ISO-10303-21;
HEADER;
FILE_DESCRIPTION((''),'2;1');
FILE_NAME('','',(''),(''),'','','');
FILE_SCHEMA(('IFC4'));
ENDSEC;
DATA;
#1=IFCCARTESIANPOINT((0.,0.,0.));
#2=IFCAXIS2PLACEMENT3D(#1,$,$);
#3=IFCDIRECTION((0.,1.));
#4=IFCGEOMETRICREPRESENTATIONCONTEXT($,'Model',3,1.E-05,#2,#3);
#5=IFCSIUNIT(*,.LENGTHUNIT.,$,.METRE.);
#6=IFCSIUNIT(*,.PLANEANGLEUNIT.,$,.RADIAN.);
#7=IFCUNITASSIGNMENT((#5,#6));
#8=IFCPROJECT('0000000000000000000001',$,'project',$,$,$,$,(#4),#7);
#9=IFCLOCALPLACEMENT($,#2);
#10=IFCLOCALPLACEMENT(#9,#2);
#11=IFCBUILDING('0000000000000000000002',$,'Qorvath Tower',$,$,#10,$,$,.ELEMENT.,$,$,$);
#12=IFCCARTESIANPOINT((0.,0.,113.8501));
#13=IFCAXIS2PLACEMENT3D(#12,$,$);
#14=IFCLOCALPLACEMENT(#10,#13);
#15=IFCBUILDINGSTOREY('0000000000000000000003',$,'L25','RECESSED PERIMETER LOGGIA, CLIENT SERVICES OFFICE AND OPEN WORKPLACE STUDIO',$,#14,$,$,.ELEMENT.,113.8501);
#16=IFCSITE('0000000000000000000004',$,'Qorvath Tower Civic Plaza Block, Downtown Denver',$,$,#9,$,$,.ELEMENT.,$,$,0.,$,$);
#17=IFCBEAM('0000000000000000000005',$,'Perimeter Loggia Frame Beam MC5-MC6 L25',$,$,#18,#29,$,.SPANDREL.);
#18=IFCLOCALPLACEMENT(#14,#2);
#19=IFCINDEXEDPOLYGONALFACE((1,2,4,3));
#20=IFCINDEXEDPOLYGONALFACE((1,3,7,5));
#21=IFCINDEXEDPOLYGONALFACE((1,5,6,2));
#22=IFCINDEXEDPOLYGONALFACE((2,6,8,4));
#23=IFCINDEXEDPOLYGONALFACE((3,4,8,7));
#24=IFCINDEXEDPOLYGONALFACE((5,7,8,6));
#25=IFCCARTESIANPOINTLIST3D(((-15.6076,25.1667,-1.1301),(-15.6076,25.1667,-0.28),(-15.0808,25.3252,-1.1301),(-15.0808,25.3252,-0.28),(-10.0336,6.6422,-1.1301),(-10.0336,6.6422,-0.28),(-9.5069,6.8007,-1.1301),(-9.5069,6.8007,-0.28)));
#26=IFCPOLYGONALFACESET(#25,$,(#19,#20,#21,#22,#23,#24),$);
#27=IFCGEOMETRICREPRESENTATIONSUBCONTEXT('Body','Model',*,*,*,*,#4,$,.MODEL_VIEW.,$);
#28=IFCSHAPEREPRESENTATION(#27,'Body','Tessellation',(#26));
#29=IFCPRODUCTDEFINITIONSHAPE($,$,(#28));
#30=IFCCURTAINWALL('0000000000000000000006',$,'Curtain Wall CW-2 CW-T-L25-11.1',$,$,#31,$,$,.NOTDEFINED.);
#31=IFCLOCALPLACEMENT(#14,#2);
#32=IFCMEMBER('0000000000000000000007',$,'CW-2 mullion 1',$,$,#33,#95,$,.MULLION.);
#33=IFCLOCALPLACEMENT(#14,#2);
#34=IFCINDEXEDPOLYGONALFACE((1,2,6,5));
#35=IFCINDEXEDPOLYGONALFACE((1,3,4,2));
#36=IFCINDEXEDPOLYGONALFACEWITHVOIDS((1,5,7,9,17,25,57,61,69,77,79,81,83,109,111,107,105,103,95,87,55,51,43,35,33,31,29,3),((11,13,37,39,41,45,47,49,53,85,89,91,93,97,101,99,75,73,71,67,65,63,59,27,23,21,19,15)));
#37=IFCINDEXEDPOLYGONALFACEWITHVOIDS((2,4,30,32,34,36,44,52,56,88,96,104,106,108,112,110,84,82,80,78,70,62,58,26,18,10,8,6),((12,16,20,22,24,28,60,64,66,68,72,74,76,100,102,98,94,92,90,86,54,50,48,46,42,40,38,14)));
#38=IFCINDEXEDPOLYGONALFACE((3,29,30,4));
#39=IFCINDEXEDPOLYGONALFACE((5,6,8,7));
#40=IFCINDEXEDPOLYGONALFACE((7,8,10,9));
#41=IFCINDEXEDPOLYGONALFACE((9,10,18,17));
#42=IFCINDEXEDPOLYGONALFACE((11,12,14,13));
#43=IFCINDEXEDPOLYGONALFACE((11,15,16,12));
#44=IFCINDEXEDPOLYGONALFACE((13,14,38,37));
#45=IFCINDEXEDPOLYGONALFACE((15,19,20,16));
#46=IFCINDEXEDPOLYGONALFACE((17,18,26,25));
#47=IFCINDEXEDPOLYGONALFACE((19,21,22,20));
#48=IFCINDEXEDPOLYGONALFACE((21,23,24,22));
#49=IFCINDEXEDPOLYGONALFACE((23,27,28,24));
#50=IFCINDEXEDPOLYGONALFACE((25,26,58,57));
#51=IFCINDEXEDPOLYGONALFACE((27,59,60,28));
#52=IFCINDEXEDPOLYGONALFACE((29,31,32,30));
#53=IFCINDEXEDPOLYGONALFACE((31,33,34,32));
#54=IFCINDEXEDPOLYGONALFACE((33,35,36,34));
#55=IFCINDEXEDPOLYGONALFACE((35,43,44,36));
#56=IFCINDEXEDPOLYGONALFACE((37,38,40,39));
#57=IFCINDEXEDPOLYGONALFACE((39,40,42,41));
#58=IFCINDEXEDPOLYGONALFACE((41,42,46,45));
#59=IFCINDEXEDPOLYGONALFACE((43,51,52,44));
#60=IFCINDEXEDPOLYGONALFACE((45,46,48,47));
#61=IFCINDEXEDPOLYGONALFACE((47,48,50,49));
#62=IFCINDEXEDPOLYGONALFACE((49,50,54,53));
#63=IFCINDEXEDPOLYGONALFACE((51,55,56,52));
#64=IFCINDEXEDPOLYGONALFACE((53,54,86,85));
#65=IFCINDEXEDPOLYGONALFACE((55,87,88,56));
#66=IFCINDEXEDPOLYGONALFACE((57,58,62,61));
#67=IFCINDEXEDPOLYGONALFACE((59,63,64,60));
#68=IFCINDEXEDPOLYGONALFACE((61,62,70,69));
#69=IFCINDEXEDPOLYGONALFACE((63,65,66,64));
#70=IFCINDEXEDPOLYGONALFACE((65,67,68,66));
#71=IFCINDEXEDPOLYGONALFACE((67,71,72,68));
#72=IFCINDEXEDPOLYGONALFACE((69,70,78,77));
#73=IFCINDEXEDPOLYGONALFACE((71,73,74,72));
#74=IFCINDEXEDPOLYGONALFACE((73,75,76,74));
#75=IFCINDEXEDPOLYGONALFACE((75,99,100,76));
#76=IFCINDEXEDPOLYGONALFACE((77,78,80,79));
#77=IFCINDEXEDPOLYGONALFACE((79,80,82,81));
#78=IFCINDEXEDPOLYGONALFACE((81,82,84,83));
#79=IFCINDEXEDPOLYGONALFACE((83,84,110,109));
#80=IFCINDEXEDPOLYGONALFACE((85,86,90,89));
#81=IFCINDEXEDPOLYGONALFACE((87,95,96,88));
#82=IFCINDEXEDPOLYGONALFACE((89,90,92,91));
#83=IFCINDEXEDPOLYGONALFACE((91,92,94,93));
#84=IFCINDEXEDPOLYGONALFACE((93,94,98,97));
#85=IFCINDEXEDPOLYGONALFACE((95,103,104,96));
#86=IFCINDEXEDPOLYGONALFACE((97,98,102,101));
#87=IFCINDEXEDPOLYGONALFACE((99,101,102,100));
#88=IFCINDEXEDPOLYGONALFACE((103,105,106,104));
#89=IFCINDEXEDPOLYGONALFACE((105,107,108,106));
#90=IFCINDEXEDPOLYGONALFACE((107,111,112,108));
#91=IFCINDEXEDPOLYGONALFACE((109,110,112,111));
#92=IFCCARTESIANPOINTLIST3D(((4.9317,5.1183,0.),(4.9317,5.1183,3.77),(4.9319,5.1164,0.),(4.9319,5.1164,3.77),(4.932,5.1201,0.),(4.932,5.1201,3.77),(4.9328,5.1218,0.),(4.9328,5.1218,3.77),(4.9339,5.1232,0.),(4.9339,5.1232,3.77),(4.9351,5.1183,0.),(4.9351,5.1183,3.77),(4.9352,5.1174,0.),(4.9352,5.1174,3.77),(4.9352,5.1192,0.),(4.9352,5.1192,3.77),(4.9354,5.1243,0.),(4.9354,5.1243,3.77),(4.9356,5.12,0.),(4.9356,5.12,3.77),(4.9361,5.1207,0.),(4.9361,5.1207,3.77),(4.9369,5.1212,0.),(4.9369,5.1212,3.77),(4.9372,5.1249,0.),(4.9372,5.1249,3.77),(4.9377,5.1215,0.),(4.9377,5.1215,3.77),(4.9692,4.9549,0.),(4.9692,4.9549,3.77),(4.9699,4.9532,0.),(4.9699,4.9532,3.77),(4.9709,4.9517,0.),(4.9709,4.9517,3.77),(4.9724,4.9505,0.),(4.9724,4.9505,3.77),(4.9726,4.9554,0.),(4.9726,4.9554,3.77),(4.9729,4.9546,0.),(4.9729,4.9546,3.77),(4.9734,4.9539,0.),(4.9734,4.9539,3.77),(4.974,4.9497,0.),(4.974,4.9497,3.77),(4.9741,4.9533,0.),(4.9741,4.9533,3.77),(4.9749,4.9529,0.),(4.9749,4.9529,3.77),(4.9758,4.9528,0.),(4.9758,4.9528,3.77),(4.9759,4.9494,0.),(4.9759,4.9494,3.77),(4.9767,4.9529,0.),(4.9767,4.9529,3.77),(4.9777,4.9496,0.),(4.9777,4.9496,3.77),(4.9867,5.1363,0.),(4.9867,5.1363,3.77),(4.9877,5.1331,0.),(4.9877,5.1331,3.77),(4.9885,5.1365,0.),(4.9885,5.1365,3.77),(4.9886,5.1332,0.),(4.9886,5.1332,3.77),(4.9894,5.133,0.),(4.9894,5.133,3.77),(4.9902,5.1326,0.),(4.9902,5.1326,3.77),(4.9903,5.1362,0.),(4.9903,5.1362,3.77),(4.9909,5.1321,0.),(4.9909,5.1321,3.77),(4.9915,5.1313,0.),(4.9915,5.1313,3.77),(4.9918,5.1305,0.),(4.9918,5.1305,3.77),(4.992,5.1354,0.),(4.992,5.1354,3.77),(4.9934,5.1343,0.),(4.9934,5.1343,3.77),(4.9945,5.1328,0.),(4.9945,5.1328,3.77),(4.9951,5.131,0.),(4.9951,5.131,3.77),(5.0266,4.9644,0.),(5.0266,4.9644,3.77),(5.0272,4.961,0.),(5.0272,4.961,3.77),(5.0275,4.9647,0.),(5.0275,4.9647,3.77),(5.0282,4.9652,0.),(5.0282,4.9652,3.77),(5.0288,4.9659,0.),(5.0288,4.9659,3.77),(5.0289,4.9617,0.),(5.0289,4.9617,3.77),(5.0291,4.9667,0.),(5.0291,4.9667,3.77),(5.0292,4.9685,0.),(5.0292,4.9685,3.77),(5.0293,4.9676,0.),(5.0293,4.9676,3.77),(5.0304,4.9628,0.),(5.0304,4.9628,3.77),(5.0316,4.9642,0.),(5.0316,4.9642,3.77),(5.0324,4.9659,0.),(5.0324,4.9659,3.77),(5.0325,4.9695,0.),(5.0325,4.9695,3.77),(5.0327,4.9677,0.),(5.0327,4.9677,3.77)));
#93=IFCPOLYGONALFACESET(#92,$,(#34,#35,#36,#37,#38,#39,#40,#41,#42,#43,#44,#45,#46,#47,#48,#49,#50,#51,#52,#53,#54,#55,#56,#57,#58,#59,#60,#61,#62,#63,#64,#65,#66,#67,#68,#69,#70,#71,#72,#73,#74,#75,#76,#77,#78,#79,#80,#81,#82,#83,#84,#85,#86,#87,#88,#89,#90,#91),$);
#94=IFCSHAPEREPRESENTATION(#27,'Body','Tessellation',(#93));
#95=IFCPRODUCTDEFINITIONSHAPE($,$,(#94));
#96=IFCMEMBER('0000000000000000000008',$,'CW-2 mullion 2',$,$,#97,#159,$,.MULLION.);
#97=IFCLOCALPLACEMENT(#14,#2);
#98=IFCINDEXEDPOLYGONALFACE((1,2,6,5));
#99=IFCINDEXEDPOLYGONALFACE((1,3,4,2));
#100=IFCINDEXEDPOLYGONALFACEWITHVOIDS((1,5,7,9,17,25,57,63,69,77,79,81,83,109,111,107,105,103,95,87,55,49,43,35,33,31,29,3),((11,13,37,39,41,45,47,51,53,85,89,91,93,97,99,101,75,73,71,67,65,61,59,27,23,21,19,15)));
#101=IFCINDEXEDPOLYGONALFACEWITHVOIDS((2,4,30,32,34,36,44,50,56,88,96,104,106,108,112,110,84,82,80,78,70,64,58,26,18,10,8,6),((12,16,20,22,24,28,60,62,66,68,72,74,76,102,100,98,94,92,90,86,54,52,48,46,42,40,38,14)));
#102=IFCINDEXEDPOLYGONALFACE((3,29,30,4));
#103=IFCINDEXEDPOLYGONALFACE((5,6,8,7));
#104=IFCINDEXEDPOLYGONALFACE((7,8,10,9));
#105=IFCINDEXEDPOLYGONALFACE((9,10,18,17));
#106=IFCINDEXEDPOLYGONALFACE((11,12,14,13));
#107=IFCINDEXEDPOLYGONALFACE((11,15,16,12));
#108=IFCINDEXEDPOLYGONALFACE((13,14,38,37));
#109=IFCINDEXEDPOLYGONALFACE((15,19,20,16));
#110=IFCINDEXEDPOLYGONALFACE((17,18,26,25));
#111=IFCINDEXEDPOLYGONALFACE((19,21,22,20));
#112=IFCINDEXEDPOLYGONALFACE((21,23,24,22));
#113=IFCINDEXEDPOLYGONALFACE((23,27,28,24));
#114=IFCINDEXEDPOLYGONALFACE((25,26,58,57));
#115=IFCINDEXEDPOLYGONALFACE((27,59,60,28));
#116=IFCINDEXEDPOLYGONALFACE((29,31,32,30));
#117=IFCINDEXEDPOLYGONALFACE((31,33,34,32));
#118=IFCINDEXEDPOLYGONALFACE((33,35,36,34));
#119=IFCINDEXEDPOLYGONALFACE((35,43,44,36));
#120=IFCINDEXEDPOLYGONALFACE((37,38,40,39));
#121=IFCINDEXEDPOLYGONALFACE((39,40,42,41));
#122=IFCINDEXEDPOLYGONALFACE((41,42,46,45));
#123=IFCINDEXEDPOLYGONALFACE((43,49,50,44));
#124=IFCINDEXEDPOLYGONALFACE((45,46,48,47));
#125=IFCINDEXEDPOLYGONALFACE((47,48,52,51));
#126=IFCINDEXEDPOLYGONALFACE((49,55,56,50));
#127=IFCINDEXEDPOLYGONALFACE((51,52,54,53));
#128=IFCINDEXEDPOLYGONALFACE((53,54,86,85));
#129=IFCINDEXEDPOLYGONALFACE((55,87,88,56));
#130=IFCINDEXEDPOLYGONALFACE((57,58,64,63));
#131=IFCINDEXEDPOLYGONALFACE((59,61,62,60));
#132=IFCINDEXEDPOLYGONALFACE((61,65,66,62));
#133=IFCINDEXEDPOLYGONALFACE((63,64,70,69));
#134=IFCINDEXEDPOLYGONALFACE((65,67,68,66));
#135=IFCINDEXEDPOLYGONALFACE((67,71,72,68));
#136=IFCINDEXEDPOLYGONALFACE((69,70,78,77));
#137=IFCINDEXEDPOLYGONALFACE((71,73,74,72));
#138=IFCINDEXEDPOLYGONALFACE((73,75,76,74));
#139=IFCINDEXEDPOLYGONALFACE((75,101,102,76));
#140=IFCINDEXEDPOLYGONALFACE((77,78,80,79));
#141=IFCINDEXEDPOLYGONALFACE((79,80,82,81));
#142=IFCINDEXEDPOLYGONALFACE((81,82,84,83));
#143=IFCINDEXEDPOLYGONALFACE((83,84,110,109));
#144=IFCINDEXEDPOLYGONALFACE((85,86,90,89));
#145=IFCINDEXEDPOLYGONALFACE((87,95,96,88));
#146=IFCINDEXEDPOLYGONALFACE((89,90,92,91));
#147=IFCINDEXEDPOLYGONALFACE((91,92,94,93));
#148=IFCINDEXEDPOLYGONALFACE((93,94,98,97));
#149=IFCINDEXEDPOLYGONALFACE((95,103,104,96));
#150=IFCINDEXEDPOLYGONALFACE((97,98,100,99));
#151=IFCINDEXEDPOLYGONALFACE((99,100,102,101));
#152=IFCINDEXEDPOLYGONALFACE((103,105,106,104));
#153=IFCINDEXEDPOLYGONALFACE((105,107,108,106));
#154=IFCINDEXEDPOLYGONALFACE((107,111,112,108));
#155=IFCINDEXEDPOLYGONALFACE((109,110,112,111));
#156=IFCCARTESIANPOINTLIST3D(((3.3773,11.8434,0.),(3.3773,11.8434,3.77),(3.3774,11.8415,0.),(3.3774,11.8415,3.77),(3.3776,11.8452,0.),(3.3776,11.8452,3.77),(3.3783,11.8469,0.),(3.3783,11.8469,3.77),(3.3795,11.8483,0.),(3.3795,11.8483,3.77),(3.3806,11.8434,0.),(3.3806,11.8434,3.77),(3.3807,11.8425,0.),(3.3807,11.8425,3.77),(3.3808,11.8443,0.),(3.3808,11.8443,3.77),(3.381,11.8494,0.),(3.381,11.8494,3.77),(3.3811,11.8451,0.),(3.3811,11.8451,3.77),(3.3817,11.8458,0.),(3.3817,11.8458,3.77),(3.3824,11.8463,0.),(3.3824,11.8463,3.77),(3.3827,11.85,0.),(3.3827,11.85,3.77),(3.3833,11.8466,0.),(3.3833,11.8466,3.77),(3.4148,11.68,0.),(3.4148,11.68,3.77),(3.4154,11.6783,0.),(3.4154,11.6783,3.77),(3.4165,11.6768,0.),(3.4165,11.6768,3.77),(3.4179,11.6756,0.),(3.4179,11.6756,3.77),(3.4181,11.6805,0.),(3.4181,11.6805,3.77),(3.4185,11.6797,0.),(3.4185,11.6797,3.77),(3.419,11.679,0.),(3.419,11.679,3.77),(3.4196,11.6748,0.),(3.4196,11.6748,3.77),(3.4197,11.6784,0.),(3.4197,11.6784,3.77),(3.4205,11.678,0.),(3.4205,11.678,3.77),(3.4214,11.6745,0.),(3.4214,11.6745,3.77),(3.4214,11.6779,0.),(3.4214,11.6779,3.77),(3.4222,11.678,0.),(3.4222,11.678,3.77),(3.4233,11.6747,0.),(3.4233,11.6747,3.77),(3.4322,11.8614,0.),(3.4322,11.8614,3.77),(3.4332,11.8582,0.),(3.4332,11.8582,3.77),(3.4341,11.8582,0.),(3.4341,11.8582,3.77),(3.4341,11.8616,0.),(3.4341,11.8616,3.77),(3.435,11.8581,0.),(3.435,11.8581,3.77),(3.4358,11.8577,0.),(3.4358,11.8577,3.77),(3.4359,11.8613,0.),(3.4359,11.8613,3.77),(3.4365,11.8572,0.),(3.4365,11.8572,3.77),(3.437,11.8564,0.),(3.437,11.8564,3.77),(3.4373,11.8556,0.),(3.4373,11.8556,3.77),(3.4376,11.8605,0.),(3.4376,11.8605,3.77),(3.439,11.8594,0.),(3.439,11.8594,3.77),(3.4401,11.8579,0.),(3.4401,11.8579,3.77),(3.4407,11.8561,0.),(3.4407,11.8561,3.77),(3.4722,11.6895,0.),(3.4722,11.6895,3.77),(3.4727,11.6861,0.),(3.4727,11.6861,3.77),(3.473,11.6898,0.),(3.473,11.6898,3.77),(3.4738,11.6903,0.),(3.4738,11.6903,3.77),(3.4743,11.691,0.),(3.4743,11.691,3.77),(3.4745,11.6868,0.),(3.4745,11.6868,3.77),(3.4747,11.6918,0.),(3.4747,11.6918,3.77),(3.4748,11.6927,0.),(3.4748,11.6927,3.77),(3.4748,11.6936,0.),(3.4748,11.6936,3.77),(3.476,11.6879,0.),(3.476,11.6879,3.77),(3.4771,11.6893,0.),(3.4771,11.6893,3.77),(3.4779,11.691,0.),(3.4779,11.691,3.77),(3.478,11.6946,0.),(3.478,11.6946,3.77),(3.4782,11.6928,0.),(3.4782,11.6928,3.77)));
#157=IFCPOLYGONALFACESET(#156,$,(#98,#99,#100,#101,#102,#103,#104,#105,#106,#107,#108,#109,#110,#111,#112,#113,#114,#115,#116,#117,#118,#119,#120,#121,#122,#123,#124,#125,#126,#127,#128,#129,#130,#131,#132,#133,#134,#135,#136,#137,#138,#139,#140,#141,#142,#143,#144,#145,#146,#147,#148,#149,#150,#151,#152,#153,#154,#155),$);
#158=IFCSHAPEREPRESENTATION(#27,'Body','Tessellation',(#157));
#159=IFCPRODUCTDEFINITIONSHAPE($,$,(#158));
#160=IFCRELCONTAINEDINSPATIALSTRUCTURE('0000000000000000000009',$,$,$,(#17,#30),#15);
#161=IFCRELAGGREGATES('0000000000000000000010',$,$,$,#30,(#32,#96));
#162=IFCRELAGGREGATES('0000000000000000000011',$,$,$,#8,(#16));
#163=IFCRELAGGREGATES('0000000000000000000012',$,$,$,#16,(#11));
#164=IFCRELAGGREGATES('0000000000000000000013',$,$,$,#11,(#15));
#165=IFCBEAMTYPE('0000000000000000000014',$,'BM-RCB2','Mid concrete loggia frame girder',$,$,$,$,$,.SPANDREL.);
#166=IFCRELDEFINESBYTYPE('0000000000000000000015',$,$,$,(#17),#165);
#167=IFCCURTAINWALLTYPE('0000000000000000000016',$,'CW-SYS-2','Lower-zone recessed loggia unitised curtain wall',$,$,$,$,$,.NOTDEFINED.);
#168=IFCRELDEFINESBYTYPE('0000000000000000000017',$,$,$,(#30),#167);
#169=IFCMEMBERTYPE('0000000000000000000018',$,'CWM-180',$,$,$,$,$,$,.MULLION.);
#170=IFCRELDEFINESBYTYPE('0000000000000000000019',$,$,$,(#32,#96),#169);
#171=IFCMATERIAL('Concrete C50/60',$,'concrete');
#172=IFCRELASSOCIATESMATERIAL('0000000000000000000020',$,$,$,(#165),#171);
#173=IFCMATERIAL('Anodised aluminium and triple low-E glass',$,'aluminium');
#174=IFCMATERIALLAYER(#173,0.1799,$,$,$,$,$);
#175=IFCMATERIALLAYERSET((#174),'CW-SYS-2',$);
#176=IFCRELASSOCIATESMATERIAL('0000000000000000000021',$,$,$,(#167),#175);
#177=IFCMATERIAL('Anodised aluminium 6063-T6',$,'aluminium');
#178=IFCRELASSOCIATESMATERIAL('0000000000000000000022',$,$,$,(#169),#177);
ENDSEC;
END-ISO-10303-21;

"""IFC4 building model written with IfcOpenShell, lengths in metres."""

from ifc_helpers import new_model, si_unit, direction, frame, origin, origin_2d, place, context, subcontext, project, spatial, rectangle, hollow_rectangle, extrude, material, layer, layer_set, material_profile, profile_set, type_object, element, aggregate, save


model = new_model("IFC4")

# Units and contexts
model_context = context("Model", 3, precision=1e-05, world=origin(), true_north=direction((0.0, 1.0)))
body_context = subcontext(model_context, "Body", "Model", "MODEL_VIEW")
ifc_project = project(units=[si_unit("LENGTHUNIT", "METRE"), si_unit("PLANEANGLEUNIT", "RADIAN")], contexts=[model_context])

# Site, building, storey
site_placement = place(None, origin())
site = spatial("IfcSite", under=ifc_project, at=site_placement, Name="Qorvath Tower Civic Plaza Block, Downtown Denver", CompositionType="ELEMENT", RefElevation=0.0)
building_placement = place(site_placement, origin())
building = spatial("IfcBuilding", under=site, at=building_placement, Name="Qorvath Tower", CompositionType="ELEMENT")
storey_placement = place(building_placement, frame((0.0, 0.0, 113.8501)))
storey = spatial("IfcBuildingStorey", under=building, at=storey_placement, Name="L25", Description="RECESSED PERIMETER LOGGIA, CLIENT SERVICES OFFICE AND OPEN WORKPLACE STUDIO", CompositionType="ELEMENT", Elevation=113.8501)

# Beam
ifc_material_1 = material(Name="Concrete C50/60", Category="concrete")
ifc_material_profile_1 = material_profile(ifc_material_1, rectangle(XDim=0.55, YDim=0.8501, at=origin_2d()), Name="RCB 850x550")
ifc_profile_set_1 = profile_set([ifc_material_profile_1], Name="Concrete C50/60")
beam_type_1 = type_object("IfcBeamType", Name="BM-RCB2", Description="Mid concrete loggia frame girder", PredefinedType="SPANDREL", material=ifc_profile_set_1)
beam_1_placement = place(storey_placement, frame((-9.7703, 6.7214, -0.7051), z_axis=(-0.288134, 0.95759, 0.0), x_axis=(-0.95759, -0.288134, 0.0)))
element("IfcBeam", 1, at=beam_1_placement, inside=storey, type_object=beam_type_1, Name="Perimeter Loggia Frame Beam MC5-MC6 L25", PredefinedType="SPANDREL", context=body_context, shape_type="SweptSolid", body=[
    extrude(rectangle(XDim=0.55, YDim=0.8501, at=origin_2d()), origin(), (0.0, 0.0, 1.0), 19.345),
])

# Curtain wall, members
ifc_material_2 = material(Name="Anodised aluminium and triple low-E glass", Category="aluminium")
ifc_layer_1 = layer(ifc_material_2, 0.1799)
ifc_layer_set_1 = layer_set([ifc_layer_1], Name="CW-SYS-2")
curtain_wall_type = type_object("IfcCurtainWallType", Name="CW-SYS-2", Description="Lower-zone recessed loggia unitised curtain wall", PredefinedType="NOTDEFINED", material=ifc_layer_set_1)
curtain_wall_1_placement = place(storey_placement, origin())
curtain_wall_1 = element("IfcCurtainWall", 2, at=curtain_wall_1_placement, inside=storey, type_object=curtain_wall_type, Name="Curtain Wall CW-2 CW-T-L25-11.1", PredefinedType="NOTDEFINED")
ifc_material_3 = material(Name="Anodised aluminium 6063-T6", Category="aluminium")
ifc_material_profile_2 = material_profile(ifc_material_3, hollow_rectangle(XDim=0.0649, YDim=0.1799, WallThickness=0.0034, InnerFilletRadius=0.0034, OuterFilletRadius=0.0071, at=origin_2d()), Name="CWM 180x65")
ifc_profile_set_2 = profile_set([ifc_material_profile_2], Name="Anodised aluminium 6063-T6")
member_type_1 = type_object("IfcMemberType", Name="CWM-180", PredefinedType="MULLION", material=ifc_profile_set_2)
member_1_placement = place(storey_placement, frame((4.9822, 5.043, 0.0), z_axis=(0.0, 0.0, 1.0), x_axis=(-0.974313, -0.2252, 0.0)))
member_1 = element("IfcMember", 3, at=member_1_placement, type_object=member_type_1, Name="CW-2 mullion 1", PredefinedType="MULLION", context=body_context, shape_type="SweptSolid", body=[
    extrude(hollow_rectangle(XDim=0.0649, YDim=0.1799, WallThickness=0.0034, InnerFilletRadius=0.0034, OuterFilletRadius=0.0071, at=origin_2d()), origin(), (0.0, 0.0, 1.0), 3.77),
])
member_2_placement = place(storey_placement, frame((3.4277, 11.7681, 0.0), z_axis=(0.0, 0.0, 1.0), x_axis=(-0.974313, -0.2252, 0.0)))
member_2 = element("IfcMember", 4, at=member_2_placement, type_object=member_type_1, Name="CW-2 mullion 2", PredefinedType="MULLION", context=body_context, shape_type="SweptSolid", body=[
    extrude(hollow_rectangle(XDim=0.0649, YDim=0.1799, WallThickness=0.0034, InnerFilletRadius=0.0034, OuterFilletRadius=0.0071, at=origin_2d()), origin(), (0.0, 0.0, 1.0), 3.77),
])

aggregate(curtain_wall_1, [member_1, member_2])

save(model, "model.ifc")
